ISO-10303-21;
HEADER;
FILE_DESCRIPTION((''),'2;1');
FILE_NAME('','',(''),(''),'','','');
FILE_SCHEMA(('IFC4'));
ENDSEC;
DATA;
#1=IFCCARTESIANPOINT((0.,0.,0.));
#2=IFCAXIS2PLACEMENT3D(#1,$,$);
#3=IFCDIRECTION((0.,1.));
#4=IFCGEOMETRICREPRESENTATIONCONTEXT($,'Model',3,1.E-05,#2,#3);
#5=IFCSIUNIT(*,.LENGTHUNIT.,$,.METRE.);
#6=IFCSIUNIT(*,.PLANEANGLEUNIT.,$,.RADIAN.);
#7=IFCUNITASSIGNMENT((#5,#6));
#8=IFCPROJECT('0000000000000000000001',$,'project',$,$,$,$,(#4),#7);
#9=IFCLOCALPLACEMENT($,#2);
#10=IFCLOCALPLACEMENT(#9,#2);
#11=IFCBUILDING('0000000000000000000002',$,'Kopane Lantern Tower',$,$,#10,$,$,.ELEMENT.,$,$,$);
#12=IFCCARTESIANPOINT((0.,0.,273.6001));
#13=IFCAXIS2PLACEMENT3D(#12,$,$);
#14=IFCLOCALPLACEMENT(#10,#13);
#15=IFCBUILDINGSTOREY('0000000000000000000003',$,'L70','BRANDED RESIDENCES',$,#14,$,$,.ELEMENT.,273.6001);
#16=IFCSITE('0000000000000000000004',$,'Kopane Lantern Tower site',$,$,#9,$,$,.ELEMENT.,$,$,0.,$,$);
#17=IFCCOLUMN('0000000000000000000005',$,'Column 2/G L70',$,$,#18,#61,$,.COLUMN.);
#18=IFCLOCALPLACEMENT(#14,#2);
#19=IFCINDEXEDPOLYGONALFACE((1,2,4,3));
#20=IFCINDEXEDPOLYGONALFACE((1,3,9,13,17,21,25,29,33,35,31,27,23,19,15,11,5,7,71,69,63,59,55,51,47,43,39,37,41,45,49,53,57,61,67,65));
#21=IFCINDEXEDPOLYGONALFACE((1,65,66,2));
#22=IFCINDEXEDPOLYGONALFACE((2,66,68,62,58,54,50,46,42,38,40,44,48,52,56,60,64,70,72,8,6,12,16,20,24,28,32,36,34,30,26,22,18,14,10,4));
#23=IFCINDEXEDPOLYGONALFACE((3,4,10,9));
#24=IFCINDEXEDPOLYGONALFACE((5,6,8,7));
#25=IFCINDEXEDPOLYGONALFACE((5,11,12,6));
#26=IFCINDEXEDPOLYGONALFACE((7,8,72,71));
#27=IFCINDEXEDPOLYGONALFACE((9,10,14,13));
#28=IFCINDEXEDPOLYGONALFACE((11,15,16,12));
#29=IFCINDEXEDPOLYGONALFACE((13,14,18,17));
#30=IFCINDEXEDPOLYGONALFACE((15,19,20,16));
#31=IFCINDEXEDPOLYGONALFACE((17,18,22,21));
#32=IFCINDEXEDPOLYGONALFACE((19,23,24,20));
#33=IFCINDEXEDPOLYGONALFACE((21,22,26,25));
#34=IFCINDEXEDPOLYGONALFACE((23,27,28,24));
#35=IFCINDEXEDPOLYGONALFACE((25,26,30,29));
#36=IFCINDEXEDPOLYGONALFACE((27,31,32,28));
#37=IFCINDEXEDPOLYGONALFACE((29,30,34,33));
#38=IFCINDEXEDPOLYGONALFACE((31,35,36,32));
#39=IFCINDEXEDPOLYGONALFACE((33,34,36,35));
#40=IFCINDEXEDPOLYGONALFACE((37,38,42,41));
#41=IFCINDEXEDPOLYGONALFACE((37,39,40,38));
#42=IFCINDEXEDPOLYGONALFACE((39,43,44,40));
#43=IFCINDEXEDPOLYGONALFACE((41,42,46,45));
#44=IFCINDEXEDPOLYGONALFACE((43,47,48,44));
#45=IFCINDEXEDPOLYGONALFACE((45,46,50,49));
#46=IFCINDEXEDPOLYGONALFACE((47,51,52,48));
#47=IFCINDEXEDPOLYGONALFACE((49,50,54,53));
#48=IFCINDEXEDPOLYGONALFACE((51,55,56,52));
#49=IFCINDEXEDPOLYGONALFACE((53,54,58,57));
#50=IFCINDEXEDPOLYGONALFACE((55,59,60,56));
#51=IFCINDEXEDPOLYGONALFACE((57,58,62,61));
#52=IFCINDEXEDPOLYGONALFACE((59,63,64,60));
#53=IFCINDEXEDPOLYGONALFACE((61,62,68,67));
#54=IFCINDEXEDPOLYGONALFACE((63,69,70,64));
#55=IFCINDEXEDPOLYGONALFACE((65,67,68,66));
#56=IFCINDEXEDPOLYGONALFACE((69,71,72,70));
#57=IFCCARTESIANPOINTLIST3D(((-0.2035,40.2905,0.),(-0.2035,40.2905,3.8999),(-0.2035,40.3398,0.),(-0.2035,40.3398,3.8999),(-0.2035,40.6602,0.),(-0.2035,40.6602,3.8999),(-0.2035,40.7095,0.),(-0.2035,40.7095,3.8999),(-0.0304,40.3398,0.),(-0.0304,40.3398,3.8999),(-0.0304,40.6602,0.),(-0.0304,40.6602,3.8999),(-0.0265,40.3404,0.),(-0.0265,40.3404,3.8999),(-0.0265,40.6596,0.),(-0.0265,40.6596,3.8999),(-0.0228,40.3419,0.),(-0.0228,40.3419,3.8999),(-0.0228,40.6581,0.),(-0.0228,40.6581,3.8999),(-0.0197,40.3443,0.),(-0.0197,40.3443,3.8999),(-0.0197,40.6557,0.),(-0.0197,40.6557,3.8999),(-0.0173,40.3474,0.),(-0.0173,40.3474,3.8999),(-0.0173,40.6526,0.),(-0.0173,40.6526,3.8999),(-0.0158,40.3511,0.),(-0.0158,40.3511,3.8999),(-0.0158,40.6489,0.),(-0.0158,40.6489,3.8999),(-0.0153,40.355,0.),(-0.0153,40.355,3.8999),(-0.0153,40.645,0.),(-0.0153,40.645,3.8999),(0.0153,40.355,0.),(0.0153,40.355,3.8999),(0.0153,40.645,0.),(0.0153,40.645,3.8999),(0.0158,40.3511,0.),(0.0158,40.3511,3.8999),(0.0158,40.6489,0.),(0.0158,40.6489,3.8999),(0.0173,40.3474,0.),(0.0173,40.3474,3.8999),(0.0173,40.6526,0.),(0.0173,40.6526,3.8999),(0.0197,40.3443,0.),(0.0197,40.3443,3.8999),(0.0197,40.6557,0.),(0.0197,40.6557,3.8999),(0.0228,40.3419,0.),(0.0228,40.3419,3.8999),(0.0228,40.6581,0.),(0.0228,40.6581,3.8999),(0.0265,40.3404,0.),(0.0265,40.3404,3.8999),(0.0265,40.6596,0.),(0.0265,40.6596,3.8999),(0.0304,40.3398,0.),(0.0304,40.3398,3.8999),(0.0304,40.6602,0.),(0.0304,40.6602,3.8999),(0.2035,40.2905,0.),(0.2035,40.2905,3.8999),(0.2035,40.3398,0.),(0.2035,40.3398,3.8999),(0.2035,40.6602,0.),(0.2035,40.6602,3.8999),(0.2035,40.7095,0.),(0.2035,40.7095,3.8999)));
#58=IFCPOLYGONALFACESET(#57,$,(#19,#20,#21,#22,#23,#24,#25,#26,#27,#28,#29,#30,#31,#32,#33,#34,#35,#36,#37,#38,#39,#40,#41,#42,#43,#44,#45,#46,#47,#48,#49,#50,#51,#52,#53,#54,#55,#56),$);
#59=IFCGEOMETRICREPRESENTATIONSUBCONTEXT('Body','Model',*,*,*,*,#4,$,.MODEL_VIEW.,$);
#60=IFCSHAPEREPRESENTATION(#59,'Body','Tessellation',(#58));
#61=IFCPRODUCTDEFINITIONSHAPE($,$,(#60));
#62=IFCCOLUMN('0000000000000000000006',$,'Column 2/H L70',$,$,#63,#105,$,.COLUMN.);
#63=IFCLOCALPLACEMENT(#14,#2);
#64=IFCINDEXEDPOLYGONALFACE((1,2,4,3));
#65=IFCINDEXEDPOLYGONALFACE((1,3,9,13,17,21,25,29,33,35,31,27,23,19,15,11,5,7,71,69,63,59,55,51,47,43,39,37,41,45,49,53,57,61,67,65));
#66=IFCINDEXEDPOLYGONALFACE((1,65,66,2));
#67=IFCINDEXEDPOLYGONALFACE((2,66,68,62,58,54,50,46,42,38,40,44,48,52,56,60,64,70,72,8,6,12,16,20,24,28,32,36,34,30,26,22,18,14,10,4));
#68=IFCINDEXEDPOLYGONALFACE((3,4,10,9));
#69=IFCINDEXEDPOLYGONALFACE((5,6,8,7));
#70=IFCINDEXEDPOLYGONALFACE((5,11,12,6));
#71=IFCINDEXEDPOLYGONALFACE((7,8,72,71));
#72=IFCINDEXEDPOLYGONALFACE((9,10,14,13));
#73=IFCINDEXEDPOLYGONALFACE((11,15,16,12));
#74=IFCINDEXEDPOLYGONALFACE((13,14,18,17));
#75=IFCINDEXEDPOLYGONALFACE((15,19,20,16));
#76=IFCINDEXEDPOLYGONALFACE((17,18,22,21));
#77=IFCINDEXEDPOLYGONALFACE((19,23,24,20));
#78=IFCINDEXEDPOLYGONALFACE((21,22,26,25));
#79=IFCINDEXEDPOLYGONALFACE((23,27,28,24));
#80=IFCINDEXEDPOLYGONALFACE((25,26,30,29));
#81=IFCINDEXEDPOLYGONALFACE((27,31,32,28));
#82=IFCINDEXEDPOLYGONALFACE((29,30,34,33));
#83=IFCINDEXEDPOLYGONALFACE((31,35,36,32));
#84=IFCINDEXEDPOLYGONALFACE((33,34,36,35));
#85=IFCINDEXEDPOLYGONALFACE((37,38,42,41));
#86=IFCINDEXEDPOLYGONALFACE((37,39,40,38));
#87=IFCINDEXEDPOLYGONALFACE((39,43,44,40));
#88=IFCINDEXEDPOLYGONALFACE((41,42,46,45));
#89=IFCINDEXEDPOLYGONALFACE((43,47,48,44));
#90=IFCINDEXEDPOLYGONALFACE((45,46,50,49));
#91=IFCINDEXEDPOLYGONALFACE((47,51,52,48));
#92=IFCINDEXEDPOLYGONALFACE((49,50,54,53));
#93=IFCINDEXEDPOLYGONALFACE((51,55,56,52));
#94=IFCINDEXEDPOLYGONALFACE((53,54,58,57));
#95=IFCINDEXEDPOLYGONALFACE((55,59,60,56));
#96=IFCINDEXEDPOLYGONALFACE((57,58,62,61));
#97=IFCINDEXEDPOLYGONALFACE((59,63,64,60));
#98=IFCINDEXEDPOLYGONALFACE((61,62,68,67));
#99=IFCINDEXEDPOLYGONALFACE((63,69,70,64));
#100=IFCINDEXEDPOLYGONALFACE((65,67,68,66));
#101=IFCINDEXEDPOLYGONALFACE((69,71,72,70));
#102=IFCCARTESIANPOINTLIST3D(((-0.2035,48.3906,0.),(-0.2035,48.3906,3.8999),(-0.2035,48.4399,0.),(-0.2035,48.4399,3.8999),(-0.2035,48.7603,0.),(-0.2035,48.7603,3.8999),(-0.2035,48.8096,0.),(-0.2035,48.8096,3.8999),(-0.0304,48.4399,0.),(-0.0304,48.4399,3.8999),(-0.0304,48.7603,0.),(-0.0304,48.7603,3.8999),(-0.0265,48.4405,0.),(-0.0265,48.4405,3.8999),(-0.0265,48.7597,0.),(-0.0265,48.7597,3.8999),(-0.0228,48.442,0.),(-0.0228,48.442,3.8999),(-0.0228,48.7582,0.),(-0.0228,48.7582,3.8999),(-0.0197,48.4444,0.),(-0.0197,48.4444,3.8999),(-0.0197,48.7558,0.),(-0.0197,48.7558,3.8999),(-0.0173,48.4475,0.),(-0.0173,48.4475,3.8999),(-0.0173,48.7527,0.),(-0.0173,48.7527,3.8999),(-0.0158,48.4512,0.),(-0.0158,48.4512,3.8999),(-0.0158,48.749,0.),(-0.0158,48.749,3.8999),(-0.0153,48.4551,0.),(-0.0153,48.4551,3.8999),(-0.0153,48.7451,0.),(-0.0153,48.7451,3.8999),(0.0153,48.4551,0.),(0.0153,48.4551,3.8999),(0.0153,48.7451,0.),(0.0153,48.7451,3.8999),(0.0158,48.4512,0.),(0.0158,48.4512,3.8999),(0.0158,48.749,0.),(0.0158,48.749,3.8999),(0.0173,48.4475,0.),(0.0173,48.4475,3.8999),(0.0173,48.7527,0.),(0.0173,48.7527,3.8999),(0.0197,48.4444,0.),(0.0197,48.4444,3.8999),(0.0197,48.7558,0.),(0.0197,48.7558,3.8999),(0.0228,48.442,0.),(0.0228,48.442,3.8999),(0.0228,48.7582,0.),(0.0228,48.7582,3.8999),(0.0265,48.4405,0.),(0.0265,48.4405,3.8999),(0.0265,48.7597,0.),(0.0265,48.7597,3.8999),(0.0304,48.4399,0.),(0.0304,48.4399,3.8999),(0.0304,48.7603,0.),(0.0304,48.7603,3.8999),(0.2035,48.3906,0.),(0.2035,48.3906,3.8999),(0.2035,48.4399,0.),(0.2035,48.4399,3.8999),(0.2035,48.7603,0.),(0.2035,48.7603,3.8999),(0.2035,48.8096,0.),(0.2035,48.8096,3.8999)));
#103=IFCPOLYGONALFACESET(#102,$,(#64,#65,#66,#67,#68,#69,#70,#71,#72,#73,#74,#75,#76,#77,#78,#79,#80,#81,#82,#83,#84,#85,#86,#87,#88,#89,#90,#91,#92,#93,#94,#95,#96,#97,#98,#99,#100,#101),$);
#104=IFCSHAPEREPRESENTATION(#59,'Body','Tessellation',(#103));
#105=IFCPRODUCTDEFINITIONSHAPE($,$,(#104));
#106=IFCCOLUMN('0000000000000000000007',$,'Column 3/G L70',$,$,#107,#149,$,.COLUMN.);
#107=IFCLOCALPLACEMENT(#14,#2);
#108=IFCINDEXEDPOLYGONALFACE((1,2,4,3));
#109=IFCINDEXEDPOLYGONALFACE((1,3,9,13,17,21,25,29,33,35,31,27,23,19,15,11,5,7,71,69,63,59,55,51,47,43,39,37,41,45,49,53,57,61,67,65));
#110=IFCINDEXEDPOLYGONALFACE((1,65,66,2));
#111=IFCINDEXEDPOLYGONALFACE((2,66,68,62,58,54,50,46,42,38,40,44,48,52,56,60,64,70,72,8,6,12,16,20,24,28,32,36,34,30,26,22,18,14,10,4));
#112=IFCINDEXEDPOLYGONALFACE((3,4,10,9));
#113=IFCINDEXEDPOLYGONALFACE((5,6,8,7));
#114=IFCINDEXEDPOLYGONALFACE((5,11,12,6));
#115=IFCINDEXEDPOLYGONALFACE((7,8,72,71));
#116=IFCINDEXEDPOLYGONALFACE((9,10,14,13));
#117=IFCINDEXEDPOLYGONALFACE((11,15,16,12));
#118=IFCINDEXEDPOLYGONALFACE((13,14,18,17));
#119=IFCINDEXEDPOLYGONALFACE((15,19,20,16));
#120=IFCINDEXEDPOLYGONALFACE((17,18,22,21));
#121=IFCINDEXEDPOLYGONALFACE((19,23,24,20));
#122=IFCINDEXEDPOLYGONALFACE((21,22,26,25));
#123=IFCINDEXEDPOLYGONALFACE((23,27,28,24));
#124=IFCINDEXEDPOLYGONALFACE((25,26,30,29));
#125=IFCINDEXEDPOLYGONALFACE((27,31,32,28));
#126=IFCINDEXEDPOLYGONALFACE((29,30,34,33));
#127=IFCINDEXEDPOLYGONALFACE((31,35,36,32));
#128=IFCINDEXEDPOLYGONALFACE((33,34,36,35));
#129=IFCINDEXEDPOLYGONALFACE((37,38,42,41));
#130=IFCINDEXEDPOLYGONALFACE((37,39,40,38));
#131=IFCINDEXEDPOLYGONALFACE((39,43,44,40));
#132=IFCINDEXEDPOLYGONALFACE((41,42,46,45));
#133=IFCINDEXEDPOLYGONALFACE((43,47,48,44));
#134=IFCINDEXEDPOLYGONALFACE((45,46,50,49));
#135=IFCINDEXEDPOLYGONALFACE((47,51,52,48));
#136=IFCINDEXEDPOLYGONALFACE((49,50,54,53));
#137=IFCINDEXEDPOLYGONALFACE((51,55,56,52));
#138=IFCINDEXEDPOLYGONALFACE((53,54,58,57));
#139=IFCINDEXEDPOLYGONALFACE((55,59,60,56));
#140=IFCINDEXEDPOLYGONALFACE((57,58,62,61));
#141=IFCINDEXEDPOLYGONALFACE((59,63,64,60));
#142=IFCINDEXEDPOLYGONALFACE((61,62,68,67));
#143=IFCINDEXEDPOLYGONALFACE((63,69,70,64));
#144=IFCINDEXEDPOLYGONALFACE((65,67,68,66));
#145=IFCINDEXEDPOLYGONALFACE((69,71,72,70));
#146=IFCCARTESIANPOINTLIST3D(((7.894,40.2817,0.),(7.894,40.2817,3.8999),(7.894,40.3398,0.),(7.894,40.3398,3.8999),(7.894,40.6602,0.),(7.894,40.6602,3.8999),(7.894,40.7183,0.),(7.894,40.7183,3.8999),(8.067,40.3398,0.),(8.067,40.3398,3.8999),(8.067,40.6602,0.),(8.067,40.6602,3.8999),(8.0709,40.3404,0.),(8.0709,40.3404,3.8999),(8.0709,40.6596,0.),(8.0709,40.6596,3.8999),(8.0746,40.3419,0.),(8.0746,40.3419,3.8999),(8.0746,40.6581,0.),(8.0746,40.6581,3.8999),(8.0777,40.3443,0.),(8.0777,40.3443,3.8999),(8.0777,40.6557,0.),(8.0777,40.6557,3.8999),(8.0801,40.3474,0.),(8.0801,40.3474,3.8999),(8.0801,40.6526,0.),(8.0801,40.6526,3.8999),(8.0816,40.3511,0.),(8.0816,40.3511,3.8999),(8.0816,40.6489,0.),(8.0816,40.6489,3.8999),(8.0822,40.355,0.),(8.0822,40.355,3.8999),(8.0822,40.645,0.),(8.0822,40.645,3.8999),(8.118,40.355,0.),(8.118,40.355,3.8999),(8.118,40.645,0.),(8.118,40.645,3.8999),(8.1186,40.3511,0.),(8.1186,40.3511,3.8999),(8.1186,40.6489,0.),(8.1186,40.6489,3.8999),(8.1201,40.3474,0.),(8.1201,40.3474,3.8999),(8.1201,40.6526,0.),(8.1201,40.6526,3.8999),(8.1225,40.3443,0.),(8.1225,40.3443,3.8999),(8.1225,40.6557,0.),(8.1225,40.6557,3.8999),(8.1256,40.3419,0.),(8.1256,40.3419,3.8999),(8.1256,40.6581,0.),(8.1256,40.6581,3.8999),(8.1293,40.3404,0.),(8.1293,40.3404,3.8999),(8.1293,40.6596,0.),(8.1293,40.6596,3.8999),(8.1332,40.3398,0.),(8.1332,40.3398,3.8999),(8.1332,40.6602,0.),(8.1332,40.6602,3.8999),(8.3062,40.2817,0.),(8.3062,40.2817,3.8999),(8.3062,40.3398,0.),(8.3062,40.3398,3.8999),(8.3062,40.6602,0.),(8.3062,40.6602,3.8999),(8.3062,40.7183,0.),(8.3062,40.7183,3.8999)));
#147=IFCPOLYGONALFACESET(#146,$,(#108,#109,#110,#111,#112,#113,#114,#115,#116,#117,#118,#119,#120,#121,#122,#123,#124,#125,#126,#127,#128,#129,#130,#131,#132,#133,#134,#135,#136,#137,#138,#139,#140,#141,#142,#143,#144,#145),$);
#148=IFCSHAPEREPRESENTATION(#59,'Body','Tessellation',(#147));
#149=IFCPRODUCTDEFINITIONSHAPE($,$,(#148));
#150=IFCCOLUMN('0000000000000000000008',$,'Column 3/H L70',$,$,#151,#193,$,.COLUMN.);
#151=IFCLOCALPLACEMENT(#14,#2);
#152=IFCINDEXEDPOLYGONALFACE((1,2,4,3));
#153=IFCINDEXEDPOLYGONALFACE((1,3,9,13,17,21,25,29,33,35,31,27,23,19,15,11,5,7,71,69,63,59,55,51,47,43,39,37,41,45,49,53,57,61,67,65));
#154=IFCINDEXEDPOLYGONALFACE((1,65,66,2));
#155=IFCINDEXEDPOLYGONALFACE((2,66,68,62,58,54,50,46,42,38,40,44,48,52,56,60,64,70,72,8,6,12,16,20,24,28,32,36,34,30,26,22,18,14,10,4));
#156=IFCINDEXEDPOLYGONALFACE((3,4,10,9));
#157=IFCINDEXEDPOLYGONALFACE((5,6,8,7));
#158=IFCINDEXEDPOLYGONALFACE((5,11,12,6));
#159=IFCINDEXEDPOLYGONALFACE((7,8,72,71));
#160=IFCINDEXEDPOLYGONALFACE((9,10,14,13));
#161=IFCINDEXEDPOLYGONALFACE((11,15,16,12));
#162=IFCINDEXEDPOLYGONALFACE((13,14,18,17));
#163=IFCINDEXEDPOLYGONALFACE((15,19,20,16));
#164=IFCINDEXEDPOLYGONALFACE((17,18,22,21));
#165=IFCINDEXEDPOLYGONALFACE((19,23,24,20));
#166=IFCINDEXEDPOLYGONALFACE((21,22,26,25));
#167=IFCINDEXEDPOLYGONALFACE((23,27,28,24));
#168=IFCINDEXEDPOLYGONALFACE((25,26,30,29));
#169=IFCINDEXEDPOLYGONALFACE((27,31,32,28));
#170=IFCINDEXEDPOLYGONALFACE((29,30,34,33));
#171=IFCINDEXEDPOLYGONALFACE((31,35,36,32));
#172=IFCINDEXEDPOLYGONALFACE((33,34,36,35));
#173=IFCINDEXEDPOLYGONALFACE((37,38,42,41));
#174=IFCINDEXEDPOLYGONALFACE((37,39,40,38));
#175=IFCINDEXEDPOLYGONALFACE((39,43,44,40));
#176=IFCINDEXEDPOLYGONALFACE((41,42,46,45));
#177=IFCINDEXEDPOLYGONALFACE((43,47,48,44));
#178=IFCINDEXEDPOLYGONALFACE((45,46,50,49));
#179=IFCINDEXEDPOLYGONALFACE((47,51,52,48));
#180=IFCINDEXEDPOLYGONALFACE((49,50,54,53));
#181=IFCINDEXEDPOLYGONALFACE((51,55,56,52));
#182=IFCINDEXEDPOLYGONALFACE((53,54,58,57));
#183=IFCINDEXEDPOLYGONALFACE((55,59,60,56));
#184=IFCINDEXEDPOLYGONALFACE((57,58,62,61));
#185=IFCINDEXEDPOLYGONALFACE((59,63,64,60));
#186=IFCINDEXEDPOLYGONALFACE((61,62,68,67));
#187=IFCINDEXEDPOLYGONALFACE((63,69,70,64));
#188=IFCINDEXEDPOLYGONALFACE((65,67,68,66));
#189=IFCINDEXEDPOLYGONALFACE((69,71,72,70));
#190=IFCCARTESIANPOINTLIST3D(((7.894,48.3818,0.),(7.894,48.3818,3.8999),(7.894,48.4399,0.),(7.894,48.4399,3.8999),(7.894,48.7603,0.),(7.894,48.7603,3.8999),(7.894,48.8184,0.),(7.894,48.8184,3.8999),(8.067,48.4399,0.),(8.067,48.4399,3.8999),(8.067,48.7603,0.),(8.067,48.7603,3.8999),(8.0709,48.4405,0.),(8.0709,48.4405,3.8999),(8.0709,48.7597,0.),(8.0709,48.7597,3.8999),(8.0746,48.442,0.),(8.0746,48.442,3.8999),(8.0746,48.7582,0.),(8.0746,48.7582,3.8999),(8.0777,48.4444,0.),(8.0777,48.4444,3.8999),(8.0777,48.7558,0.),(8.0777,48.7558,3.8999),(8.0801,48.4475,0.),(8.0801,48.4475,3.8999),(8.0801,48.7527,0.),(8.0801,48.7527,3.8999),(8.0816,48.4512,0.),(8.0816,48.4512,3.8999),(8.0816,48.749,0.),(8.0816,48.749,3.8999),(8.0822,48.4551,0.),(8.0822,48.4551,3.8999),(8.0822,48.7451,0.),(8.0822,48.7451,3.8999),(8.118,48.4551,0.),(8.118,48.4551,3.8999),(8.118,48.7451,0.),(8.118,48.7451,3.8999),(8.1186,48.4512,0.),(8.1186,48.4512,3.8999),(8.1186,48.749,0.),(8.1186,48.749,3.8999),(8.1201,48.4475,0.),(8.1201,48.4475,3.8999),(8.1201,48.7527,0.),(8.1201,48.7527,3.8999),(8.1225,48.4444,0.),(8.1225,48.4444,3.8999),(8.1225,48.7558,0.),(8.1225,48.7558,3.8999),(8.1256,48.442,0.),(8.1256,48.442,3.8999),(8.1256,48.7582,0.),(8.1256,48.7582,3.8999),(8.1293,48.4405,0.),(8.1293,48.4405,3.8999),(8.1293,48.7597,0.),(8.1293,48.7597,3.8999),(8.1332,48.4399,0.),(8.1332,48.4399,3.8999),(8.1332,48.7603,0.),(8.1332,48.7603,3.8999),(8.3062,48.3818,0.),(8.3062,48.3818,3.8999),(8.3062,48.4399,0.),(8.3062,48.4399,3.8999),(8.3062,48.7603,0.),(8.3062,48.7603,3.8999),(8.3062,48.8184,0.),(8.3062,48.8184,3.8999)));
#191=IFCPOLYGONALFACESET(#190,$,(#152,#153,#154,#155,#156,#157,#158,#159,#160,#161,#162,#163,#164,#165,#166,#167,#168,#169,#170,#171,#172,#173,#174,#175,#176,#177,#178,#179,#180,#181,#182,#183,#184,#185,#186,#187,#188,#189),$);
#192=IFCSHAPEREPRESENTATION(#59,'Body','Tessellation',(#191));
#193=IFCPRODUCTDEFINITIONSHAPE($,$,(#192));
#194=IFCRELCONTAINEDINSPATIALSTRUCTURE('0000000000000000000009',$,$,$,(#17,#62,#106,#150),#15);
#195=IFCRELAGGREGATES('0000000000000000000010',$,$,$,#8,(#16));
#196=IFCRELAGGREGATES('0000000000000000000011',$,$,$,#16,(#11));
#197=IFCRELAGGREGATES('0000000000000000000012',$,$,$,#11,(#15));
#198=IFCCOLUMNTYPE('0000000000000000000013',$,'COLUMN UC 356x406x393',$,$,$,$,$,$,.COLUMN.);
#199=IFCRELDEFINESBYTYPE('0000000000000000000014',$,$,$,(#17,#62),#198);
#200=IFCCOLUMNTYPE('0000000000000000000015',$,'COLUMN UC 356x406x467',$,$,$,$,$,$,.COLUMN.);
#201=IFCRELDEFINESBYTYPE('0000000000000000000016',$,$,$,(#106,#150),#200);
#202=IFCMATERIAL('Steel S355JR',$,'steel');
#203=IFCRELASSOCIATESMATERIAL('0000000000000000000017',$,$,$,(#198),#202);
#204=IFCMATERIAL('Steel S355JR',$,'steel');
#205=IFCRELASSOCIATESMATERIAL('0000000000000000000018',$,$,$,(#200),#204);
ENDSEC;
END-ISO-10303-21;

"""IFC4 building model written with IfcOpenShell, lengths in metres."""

from ifc_helpers import new_model, si_unit, direction, frame, origin, origin_2d, place, context, subcontext, project, spatial, i_section, extrude, material, material_profile, profile_set, type_object, element, save


model = new_model("IFC4")

# Units and contexts
model_context = context("Model", 3, precision=1e-05, world=origin(), true_north=direction((0.0, 1.0)))
body_context = subcontext(model_context, "Body", "Model", "MODEL_VIEW")
ifc_project = project(units=[si_unit("LENGTHUNIT", "METRE"), si_unit("PLANEANGLEUNIT", "RADIAN")], contexts=[model_context])

# Site, building, storey
site_placement = place(None, origin())
site = spatial("IfcSite", under=ifc_project, at=site_placement, Name="Kopane Lantern Tower site", CompositionType="ELEMENT", RefElevation=0.0)
building_placement = place(site_placement, origin())
building = spatial("IfcBuilding", under=site, at=building_placement, Name="Kopane Lantern Tower", CompositionType="ELEMENT")
storey_placement = place(building_placement, frame((0.0, 0.0, 273.6001)))
storey = spatial("IfcBuildingStorey", under=building, at=storey_placement, Name="L70", Description="BRANDED RESIDENCES", CompositionType="ELEMENT", Elevation=273.6001)

# Columns
ifc_material_1 = material(Name="Steel S355JR", Category="steel")
ifc_material_profile_1 = material_profile(ifc_material_1, i_section(OverallWidth=0.407, OverallDepth=0.4189, WebThickness=0.0305, FlangeThickness=0.0493, FilletRadius=0.0151, at=origin_2d()), Name="UC 356x406x393")
ifc_profile_set_1 = profile_set([ifc_material_profile_1], Name="Steel S355JR")
column_type_1 = type_object("IfcColumnType", Name="COLUMN UC 356x406x393", PredefinedType="COLUMN", material=ifc_profile_set_1)
for number, where, z_axis, x_axis, name in (
    (1, (0.0, 40.5, 0.0), (0.0, 0.0, 1.0), (1.0, 0.0, 0.0), "Column 2/G L70"),
    (2, (0.0, 48.6001, 0.0), (0.0, 0.0, 1.0), (1.0, 0.0, 0.0), "Column 2/H L70"),
):
    element("IfcColumn", number, at=place(storey_placement, frame(where, z_axis=z_axis, x_axis=x_axis)), inside=storey, type_object=column_type_1, Name=name, PredefinedType="COLUMN", context=body_context, shape_type="SweptSolid", body=[
        extrude(i_section(OverallWidth=0.407, OverallDepth=0.4189, WebThickness=0.0305, FlangeThickness=0.0493, FilletRadius=0.0151, at=origin_2d()), origin(), (0.0, 0.0, 1.0), 3.8999),
    ])
ifc_material_2 = material(Name="Steel S355JR", Category="steel")
ifc_material_profile_2 = material_profile(ifc_material_2, i_section(OverallWidth=0.4121, OverallDepth=0.4365, WebThickness=0.0359, FlangeThickness=0.0581, FilletRadius=0.0151, at=origin_2d()), Name="UC 356x406x467")
ifc_profile_set_2 = profile_set([ifc_material_profile_2], Name="Steel S355JR")
column_type_2 = type_object("IfcColumnType", Name="COLUMN UC 356x406x467", PredefinedType="COLUMN", material=ifc_profile_set_2)
for number, where, z_axis, x_axis, name in (
    (3, (8.1001, 40.5, 0.0), (0.0, 0.0, 1.0), (1.0, 0.0, 0.0), "Column 3/G L70"),
    (4, (8.1001, 48.6001, 0.0), (0.0, 0.0, 1.0), (1.0, 0.0, 0.0), "Column 3/H L70"),
):
    element("IfcColumn", number, at=place(storey_placement, frame(where, z_axis=z_axis, x_axis=x_axis)), inside=storey, type_object=column_type_2, Name=name, PredefinedType="COLUMN", context=body_context, shape_type="SweptSolid", body=[
        extrude(i_section(OverallWidth=0.4121, OverallDepth=0.4365, WebThickness=0.0359, FlangeThickness=0.0581, FilletRadius=0.0151, at=origin_2d()), origin(), (0.0, 0.0, 1.0), 3.8999),
    ])

save(model, "model.ifc")
